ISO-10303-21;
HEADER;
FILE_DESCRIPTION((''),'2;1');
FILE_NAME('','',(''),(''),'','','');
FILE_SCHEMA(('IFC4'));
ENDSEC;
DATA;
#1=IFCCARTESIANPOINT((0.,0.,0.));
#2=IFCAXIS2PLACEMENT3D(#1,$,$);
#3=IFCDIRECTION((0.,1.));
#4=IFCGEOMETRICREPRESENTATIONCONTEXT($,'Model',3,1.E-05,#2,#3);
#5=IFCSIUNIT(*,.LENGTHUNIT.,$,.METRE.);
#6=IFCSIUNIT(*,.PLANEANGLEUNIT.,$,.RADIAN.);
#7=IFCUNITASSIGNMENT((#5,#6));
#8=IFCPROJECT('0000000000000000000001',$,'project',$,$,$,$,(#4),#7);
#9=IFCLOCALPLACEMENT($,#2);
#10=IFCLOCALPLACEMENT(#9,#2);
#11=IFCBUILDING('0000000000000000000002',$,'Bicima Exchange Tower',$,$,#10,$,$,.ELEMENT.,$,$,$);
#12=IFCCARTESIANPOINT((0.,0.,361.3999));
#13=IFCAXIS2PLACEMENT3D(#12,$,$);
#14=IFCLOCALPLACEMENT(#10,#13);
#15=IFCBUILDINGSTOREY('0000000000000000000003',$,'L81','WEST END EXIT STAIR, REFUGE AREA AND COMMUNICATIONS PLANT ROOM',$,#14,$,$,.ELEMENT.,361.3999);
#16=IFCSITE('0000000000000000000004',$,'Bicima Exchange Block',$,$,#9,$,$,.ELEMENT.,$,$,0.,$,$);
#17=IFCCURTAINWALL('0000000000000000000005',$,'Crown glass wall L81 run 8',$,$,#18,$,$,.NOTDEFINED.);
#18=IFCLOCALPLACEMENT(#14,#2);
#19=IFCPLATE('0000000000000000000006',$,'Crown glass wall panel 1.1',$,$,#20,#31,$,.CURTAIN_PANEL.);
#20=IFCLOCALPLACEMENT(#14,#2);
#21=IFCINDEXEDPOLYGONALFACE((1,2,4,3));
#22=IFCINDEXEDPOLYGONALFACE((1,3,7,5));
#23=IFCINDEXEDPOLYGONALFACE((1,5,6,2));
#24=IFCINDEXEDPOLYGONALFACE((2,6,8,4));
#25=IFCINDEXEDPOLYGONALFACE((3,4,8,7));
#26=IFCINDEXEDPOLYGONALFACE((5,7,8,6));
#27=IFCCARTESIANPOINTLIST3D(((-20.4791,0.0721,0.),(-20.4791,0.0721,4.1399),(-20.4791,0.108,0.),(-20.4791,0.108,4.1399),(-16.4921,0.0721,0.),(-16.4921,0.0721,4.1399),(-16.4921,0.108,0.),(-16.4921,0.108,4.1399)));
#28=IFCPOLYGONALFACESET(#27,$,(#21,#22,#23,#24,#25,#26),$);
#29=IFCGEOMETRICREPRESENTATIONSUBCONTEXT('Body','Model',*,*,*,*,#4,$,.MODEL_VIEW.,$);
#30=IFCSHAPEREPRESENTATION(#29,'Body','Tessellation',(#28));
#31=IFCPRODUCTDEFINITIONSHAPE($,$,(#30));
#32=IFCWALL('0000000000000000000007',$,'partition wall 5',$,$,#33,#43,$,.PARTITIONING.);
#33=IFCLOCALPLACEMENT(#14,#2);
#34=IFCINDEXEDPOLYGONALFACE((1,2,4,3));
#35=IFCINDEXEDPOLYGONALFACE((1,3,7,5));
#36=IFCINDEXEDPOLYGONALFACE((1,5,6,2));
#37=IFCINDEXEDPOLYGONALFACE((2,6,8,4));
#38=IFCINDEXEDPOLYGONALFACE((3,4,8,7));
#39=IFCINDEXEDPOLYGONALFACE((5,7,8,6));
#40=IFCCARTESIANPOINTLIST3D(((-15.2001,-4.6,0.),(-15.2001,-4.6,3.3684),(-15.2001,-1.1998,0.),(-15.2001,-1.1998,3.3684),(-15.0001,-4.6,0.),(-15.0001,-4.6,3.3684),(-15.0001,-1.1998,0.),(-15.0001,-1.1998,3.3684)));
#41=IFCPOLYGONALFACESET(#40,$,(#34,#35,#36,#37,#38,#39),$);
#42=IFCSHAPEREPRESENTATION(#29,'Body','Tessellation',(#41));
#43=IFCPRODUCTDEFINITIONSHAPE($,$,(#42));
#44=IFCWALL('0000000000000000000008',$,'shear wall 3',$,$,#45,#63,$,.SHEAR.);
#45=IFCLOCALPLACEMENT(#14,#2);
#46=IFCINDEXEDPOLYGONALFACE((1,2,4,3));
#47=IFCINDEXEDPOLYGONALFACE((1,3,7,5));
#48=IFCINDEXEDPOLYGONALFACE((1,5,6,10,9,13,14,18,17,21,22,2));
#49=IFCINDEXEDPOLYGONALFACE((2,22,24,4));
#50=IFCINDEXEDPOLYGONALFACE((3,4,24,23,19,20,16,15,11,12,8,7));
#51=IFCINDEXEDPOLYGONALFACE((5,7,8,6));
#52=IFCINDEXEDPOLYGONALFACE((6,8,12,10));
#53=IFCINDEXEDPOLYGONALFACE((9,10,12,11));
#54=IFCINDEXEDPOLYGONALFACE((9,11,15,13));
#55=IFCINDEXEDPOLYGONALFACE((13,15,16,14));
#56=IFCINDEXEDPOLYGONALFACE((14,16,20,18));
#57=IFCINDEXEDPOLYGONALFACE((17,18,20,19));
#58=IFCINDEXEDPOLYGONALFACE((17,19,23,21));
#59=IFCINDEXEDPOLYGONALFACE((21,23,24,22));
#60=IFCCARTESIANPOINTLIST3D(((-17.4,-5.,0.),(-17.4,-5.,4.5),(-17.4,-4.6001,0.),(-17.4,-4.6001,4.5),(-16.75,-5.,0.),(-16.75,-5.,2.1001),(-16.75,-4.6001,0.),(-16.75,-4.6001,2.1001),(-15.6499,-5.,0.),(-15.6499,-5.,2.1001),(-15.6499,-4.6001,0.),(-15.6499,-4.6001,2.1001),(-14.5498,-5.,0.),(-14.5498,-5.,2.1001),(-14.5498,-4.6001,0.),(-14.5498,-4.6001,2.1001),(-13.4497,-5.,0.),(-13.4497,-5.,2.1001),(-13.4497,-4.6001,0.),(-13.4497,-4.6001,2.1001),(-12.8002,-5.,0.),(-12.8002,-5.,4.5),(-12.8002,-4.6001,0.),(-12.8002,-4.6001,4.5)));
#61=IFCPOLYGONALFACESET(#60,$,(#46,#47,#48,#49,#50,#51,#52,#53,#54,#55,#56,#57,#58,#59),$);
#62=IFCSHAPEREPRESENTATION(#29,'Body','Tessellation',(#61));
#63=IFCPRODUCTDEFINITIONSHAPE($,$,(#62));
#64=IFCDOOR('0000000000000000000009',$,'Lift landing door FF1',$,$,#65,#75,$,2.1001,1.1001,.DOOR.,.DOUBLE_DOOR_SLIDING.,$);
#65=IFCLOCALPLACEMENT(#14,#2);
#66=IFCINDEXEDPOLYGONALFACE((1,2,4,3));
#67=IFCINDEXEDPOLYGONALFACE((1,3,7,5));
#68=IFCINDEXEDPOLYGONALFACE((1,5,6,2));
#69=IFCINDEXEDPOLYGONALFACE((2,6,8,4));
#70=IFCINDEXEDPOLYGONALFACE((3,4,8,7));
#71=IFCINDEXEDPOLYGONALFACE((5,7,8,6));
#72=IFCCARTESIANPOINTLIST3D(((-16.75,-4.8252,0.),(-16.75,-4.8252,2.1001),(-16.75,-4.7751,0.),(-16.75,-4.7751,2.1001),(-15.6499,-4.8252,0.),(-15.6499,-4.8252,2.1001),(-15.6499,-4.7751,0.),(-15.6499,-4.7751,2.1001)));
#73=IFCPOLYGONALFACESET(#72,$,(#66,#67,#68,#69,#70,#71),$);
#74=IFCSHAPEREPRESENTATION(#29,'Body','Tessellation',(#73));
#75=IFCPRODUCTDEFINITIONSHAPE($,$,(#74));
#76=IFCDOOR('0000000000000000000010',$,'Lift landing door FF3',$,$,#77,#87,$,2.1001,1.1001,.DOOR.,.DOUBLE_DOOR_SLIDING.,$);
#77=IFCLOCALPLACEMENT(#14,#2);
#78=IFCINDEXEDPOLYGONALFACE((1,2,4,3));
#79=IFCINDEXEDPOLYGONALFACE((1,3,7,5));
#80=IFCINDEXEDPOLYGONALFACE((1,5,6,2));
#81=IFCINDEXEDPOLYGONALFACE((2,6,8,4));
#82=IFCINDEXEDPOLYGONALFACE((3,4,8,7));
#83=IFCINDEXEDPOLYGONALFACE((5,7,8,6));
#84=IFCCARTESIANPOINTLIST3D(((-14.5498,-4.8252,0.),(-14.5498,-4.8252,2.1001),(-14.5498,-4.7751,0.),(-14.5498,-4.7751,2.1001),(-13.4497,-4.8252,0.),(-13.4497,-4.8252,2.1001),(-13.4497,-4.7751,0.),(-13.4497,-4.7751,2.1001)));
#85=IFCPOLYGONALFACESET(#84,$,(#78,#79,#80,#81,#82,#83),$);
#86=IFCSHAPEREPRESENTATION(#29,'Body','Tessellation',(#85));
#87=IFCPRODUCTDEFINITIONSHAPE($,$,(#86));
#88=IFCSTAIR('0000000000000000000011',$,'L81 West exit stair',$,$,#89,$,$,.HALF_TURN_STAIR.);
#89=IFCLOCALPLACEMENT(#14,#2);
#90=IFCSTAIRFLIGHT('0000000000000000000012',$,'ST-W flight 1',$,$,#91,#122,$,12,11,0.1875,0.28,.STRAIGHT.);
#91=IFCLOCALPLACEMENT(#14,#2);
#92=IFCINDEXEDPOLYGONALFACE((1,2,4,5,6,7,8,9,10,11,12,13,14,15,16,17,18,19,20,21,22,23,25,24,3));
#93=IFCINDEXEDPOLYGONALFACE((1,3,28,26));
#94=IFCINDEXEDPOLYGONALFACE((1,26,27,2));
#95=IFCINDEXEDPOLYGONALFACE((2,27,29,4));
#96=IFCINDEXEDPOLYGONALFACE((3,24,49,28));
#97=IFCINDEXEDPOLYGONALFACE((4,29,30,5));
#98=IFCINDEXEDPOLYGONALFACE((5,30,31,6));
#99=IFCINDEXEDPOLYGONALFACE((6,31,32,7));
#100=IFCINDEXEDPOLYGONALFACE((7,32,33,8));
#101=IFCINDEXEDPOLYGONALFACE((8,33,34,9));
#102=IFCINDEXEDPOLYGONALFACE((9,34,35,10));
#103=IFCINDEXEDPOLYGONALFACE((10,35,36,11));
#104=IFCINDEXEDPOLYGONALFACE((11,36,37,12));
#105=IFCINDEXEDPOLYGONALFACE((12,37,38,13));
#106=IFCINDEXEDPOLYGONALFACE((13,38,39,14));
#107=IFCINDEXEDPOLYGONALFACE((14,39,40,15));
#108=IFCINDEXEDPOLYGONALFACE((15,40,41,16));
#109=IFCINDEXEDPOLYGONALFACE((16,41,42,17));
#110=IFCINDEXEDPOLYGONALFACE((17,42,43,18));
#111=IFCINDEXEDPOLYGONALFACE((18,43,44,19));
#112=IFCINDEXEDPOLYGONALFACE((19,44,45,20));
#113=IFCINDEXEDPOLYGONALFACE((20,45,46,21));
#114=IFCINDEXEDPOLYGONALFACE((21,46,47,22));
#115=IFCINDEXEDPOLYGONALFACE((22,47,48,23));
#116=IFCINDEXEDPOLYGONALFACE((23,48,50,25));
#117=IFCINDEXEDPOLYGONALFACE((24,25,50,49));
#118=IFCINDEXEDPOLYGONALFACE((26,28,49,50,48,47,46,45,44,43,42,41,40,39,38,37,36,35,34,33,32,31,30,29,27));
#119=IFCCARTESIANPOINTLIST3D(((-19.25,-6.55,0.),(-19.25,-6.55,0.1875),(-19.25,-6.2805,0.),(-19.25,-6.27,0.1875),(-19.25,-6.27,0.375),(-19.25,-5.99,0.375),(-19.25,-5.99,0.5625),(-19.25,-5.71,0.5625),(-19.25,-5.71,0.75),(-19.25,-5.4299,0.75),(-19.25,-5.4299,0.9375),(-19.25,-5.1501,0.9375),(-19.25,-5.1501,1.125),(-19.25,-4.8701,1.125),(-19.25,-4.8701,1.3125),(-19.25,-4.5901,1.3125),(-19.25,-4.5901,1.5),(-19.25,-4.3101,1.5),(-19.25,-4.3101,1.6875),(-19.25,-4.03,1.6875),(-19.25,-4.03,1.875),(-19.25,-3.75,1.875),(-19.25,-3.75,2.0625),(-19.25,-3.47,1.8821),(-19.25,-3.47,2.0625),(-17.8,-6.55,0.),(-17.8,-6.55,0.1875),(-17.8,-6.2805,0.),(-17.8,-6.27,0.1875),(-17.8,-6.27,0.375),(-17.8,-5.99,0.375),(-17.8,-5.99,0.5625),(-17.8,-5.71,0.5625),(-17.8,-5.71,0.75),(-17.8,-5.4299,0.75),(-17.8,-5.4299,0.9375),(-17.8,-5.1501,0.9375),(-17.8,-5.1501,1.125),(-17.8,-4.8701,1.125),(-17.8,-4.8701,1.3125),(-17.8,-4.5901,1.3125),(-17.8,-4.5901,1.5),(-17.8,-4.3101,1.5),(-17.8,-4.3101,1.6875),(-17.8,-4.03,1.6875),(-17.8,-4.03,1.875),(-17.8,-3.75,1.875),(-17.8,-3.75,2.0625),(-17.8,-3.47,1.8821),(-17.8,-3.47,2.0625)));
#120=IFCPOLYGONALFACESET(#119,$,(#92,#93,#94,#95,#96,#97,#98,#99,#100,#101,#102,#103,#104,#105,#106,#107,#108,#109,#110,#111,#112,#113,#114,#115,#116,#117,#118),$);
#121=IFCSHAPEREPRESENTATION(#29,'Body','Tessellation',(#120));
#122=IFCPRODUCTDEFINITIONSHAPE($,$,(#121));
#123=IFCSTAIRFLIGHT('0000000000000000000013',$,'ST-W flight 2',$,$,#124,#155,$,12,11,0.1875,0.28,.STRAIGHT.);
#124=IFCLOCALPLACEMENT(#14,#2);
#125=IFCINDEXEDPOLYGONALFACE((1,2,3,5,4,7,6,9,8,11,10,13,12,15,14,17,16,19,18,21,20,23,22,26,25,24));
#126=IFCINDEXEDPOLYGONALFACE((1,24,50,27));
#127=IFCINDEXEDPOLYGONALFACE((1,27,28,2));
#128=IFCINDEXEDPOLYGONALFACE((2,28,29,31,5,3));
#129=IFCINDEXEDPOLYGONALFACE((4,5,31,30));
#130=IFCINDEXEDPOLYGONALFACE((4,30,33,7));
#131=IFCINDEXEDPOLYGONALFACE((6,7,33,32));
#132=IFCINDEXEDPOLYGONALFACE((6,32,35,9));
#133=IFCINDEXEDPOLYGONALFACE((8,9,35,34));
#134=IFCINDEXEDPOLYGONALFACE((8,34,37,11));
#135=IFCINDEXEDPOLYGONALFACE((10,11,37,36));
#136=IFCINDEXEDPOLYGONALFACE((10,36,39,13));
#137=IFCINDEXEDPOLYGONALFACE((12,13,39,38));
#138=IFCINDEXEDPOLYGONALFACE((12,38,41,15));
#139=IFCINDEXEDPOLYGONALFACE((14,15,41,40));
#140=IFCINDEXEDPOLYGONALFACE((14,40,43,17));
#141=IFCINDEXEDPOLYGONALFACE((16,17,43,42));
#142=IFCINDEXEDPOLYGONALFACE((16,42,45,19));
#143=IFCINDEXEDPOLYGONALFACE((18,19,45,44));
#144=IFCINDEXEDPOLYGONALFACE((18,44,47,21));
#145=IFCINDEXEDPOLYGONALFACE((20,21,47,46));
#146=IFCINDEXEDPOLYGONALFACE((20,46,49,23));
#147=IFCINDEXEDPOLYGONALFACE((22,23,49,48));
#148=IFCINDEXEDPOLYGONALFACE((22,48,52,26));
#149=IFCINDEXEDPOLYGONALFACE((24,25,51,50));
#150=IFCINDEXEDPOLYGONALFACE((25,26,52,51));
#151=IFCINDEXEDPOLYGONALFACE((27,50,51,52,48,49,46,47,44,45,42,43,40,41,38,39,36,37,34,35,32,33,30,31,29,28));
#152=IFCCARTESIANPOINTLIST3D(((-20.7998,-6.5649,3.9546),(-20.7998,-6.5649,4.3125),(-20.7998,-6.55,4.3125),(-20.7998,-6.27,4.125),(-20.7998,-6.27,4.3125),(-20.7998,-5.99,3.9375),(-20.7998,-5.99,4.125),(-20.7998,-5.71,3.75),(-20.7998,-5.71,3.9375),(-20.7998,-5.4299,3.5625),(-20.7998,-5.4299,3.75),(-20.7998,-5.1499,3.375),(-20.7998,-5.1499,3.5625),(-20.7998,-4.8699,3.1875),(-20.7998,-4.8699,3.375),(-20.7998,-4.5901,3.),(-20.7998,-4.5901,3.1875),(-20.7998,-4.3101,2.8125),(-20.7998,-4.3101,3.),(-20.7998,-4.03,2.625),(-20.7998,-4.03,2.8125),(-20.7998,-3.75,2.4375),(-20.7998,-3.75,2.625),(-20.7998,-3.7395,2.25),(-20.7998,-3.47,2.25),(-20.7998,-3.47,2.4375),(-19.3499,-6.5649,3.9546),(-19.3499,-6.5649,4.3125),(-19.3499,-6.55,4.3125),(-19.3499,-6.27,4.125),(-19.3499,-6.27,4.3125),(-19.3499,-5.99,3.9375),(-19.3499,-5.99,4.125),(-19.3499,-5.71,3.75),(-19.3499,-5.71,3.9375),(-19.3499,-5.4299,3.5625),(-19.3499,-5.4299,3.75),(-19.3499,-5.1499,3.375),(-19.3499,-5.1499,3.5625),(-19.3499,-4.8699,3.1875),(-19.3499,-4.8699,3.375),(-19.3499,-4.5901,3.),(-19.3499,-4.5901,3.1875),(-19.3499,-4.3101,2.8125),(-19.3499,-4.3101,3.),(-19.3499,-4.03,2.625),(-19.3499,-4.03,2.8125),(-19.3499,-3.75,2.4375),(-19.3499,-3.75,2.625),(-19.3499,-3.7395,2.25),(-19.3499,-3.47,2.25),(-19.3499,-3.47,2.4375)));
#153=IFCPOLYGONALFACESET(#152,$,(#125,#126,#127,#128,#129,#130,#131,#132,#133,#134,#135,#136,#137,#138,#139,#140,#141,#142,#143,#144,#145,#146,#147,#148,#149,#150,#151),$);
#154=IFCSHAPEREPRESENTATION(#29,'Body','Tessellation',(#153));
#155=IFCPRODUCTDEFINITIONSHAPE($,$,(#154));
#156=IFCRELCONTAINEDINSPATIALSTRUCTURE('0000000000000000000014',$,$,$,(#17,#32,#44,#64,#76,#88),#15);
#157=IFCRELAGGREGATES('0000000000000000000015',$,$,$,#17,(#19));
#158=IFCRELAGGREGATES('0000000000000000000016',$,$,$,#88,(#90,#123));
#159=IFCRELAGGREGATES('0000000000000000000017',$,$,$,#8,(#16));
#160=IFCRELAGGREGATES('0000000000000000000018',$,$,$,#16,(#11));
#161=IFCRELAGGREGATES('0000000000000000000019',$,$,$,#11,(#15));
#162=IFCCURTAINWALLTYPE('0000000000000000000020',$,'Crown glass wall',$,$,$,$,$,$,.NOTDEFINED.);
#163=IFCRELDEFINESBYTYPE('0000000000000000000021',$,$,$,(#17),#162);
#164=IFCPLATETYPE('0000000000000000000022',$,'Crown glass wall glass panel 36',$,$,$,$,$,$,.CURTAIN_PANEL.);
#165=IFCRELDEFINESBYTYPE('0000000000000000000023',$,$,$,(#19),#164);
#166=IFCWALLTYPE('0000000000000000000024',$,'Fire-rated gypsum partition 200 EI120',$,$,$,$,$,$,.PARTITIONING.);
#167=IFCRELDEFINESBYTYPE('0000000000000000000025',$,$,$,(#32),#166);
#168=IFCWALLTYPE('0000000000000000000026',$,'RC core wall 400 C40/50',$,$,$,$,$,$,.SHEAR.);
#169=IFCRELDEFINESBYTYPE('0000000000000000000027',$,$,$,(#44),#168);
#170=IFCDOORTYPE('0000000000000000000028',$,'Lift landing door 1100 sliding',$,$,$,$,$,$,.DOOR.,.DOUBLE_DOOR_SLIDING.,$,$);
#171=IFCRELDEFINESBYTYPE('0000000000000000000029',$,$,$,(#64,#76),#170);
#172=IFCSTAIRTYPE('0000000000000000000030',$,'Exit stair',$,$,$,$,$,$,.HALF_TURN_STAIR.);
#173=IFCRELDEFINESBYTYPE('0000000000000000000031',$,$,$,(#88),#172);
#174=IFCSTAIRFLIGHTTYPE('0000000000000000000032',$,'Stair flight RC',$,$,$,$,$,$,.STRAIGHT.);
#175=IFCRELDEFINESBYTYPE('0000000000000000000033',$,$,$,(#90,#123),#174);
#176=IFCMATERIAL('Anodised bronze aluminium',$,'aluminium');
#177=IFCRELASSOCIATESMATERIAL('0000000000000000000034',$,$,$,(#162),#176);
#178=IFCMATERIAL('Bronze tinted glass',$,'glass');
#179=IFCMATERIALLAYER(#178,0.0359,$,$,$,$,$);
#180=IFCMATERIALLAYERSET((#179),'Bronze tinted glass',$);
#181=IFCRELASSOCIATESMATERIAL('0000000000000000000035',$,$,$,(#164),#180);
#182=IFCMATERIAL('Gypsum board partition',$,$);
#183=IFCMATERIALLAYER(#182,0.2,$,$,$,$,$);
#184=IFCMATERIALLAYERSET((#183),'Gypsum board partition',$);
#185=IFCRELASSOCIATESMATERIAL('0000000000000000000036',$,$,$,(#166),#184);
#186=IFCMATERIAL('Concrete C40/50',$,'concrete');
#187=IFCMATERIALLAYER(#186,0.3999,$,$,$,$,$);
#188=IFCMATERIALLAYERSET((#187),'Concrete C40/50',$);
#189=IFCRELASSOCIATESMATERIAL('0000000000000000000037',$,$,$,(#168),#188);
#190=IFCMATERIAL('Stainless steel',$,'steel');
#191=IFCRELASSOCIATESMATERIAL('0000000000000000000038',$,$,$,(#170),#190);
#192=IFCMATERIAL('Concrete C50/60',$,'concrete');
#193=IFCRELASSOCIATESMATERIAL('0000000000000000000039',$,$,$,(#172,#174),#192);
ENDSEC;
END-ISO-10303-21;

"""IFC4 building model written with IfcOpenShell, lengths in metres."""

from ifc_helpers import new_model, si_unit, direction, frame, frame_2d, origin, origin_2d, place, context, subcontext, project, spatial, polyline, rectangle, outline, extrude, material, layer, layer_set, type_object, element, fill, aggregate, save


model = new_model("IFC4")

# Units and contexts
model_context = context("Model", 3, precision=1e-05, world=origin(), true_north=direction((0.0, 1.0)))
body_context = subcontext(model_context, "Body", "Model", "MODEL_VIEW")
ifc_project = project(units=[si_unit("LENGTHUNIT", "METRE"), si_unit("PLANEANGLEUNIT", "RADIAN")], contexts=[model_context])

# Site, building, storey
site_placement = place(None, origin())
site = spatial("IfcSite", under=ifc_project, at=site_placement, Name="Bicima Exchange Block", CompositionType="ELEMENT", RefElevation=0.0)
building_placement = place(site_placement, origin())
building = spatial("IfcBuilding", under=site, at=building_placement, Name="Bicima Exchange Tower", CompositionType="ELEMENT")
storey_placement = place(building_placement, frame((0.0, 0.0, 361.3999)))
storey = spatial("IfcBuildingStorey", under=building, at=storey_placement, Name="L81", Description="WEST END EXIT STAIR, REFUGE AREA AND COMMUNICATIONS PLANT ROOM", CompositionType="ELEMENT", Elevation=361.3999)

# Shared definitions
ifc_material_1 = material(Name="Anodised bronze aluminium", Category="aluminium")
curtain_wall_type = type_object("IfcCurtainWallType", Name="Crown glass wall", PredefinedType="NOTDEFINED", material=ifc_material_1)

# Curtain wall
curtain_wall_1_placement = place(storey_placement, origin())
curtain_wall_1 = element("IfcCurtainWall", 1, at=curtain_wall_1_placement, inside=storey, type_object=curtain_wall_type, Name="Crown glass wall L81 run 8", PredefinedType="NOTDEFINED")

# Plate
ifc_material_2 = material(Name="Bronze tinted glass", Category="glass")
ifc_layer_1 = layer(ifc_material_2, 0.0359)
ifc_layer_set_1 = layer_set([ifc_layer_1], Name="Bronze tinted glass")
plate_type = type_object("IfcPlateType", Name="Crown glass wall glass panel 36", PredefinedType="CURTAIN_PANEL", material=ifc_layer_set_1)
plate_1_placement = place(storey_placement, frame((-18.4856, 0.0901, 0.0), z_axis=(0.0, 0.0, 1.0), x_axis=(-1.0, 0.0, 0.0)))
plate_1 = element("IfcPlate", 2, at=plate_1_placement, type_object=plate_type, Name="Crown glass wall panel 1.1", PredefinedType="CURTAIN_PANEL", context=body_context, shape_type="SweptSolid", body=[
    extrude(rectangle(XDim=3.9871, YDim=0.0359, at=origin_2d()), origin(), (0.0, 0.0, 1.0), 4.1399),
])
aggregate(curtain_wall_1, [plate_1])

# Wall
ifc_material_3 = material(Name="Gypsum board partition")
ifc_layer_2 = layer(ifc_material_3, 0.2)
ifc_layer_set_2 = layer_set([ifc_layer_2], Name="Gypsum board partition")
wall_type_1 = type_object("IfcWallType", Name="Fire-rated gypsum partition 200 EI120", PredefinedType="PARTITIONING", material=ifc_layer_set_2)
wall_1_placement = place(storey_placement, frame((-15.1001, -4.6001, 0.0), z_axis=(0.0, 0.0, 1.0), x_axis=(0.0, 1.0, 0.0)))
element("IfcWall", 3, at=wall_1_placement, inside=storey, type_object=wall_type_1, Name="partition wall 5", PredefinedType="PARTITIONING", context=body_context, shape_type="SweptSolid", body=[
    extrude(rectangle(XDim=3.4001, YDim=0.2, at=frame_2d((1.7002, 0.0))), origin(), (0.0, 0.0, 1.0), 3.3684),
])

# Wall, openings, doors
ifc_material_4 = material(Name="Concrete C40/50", Category="concrete")
ifc_layer_3 = layer(ifc_material_4, 0.3999)
ifc_layer_set_3 = layer_set([ifc_layer_3], Name="Concrete C40/50")
wall_type_2 = type_object("IfcWallType", Name="RC core wall 400 C40/50", PredefinedType="SHEAR", material=ifc_layer_set_3)
wall_2_placement = place(storey_placement, frame((-17.3999, -4.8, 0.0), z_axis=(0.0, 0.0, 1.0), x_axis=(1.0, 0.0, 0.0)))
wall_2 = element("IfcWall", 4, at=wall_2_placement, inside=storey, type_object=wall_type_2, Name="shear wall 3", PredefinedType="SHEAR", context=body_context, shape_type="SweptSolid", body=[
    extrude(rectangle(XDim=4.5999, YDim=0.3999, at=frame_2d((2.2998, 0.0))), origin(), (0.0, 0.0, 1.0), 4.5),
])
opening_1_placement = place(wall_2_placement, frame((0.6499, 0.0, 0.0)))
opening_1 = element("IfcOpeningElement", 5, at=opening_1_placement, cuts=wall_2, PredefinedType="OPENING", context=body_context, shape_type="SweptSolid", body=[
    extrude(rectangle(XDim=1.1001, YDim=2.1001, at=frame_2d((0.55, 1.05))), frame((0.0, 0.2119, 0.0), z_axis=(0.0, -1.0, 0.0), x_axis=(1.0, 0.0, 0.0)), (0.0, 0.0, 1.0), 0.4238),
])
opening_2_placement = place(wall_2_placement, frame((2.8501, 0.0, 0.0)))
opening_2 = element("IfcOpeningElement", 6, at=opening_2_placement, cuts=wall_2, PredefinedType="OPENING", context=body_context, shape_type="SweptSolid", body=[
    extrude(rectangle(XDim=1.1001, YDim=2.1001, at=frame_2d((0.55, 1.05))), frame((0.0, 0.2119, 0.0), z_axis=(0.0, -1.0, 0.0), x_axis=(1.0, 0.0, 0.0)), (0.0, 0.0, 1.0), 0.4238),
])
ifc_material_5 = material(Name="Stainless steel", Category="steel")
door_type = type_object("IfcDoorType", Name="Lift landing door 1100 sliding", OperationType="DOUBLE_DOOR_SLIDING", PredefinedType="DOOR", material=ifc_material_5)
door_1_placement = place(opening_1_placement, origin())
door_1 = element("IfcDoor", 7, at=door_1_placement, inside=storey, type_object=door_type, Name="Lift landing door FF1", OperationType="DOUBLE_DOOR_SLIDING", OverallHeight=2.1001, OverallWidth=1.1001, PredefinedType="DOOR", context=body_context, shape_type="SweptSolid", body=[
    extrude(rectangle(XDim=1.1001, YDim=2.1001, at=frame_2d((0.55, 1.05))), frame((0.0, 0.0249, 0.0), z_axis=(0.0, -1.0, 0.0), x_axis=(1.0, 0.0, 0.0)), (0.0, 0.0, 1.0), 0.05),
])
fill(opening_1, door_1)
door_2_placement = place(opening_2_placement, origin())
door_2 = element("IfcDoor", 8, at=door_2_placement, inside=storey, type_object=door_type, Name="Lift landing door FF3", OperationType="DOUBLE_DOOR_SLIDING", OverallHeight=2.1001, OverallWidth=1.1001, PredefinedType="DOOR", context=body_context, shape_type="SweptSolid", body=[
    extrude(rectangle(XDim=1.1001, YDim=2.1001, at=frame_2d((0.55, 1.05))), frame((0.0, 0.0249, 0.0), z_axis=(0.0, -1.0, 0.0), x_axis=(1.0, 0.0, 0.0)), (0.0, 0.0, 1.0), 0.05),
])
fill(opening_2, door_2)

# Stair, stair flights
ifc_material_6 = material(Name="Concrete C50/60", Category="concrete")
stair_type_1 = type_object("IfcStairType", Name="Exit stair", PredefinedType="HALF_TURN_STAIR", material=ifc_material_6)
stair_1_placement = place(storey_placement, origin())
stair_1 = element("IfcStair", 9, at=stair_1_placement, inside=storey, type_object=stair_type_1, Name="L81 West exit stair", PredefinedType="HALF_TURN_STAIR")
stair_flight_type_1 = type_object("IfcStairFlightType", Name="Stair flight RC", PredefinedType="STRAIGHT", material=ifc_material_6)
stair_flight_1_placement = place(storey_placement, frame((-18.5249, -6.55, 0.0), z_axis=(0.0, 0.0, 1.0), x_axis=(0.0, 1.0, 0.0)))
stair_flight_1 = element("IfcStairFlight", 10, at=stair_flight_1_placement, type_object=stair_flight_type_1, Name="ST-W flight 1", NumberOfRisers=12, NumberOfTreads=11, PredefinedType="STRAIGHT", RiserHeight=0.1875, TreadLength=0.28, context=body_context, shape_type="SweptSolid", body=[
    extrude(outline(polyline([(0.0, 0.0), (0.0, 0.1875), (0.28, 0.1875), (0.28, 0.375), (0.5601, 0.375), (0.5601, 0.5625), (0.8401, 0.5625), (0.8401, 0.75), (1.1201, 0.75), (1.1201, 0.9375), (1.3999, 0.9375), (1.3999, 1.125), (1.6799, 1.125), (1.6799, 1.3125), (1.96, 1.3125), (1.96, 1.5), (2.24, 1.5), (2.24, 1.6875), (2.52, 1.6875), (2.52, 1.875), (2.8, 1.875), (2.8, 2.0625), (3.0801, 2.0625), (3.0801, 2.25), (3.0801, 1.8821), (0.2695, 0.0), (0.0, 0.0)])), frame((0.0, 0.7251, 0.0), z_axis=(0.0, -1.0, 0.0), x_axis=(1.0, 0.0, 0.0)), (0.0, 0.0, 1.0), 1.45),
])
stair_flight_2_placement = place(storey_placement, frame((-20.075, -3.47, 2.25), z_axis=(0.0, 0.0, 1.0), x_axis=(0.0, -1.0, 0.0)))
stair_flight_2 = element("IfcStairFlight", 11, at=stair_flight_2_placement, type_object=stair_flight_type_1, Name="ST-W flight 2", NumberOfRisers=12, NumberOfTreads=11, PredefinedType="STRAIGHT", RiserHeight=0.1875, TreadLength=0.28, context=body_context, shape_type="SweptSolid", body=[
    extrude(outline(polyline([(0.0, 0.0), (0.0, 0.1875), (0.28, 0.1875), (0.28, 0.375), (0.5601, 0.375), (0.5601, 0.5625), (0.8401, 0.5625), (0.8401, 0.75), (1.1201, 0.75), (1.1201, 0.9375), (1.3999, 0.9375), (1.3999, 1.125), (1.6799, 1.125), (1.6799, 1.3125), (1.96, 1.3125), (1.96, 1.5), (2.24, 1.5), (2.24, 1.6875), (2.52, 1.6875), (2.52, 1.875), (2.8, 1.875), (2.8, 2.0625), (3.0801, 2.0625), (3.095, 2.0625), (3.095, 1.7046), (0.2695, 0.0), (0.0, 0.0)])), frame((0.0, 0.7251, 0.0), z_axis=(0.0, -1.0, 0.0), x_axis=(1.0, 0.0, 0.0)), (0.0, 0.0, 1.0), 1.45),
])
aggregate(stair_1, [stair_flight_1, stair_flight_2])

save(model, "model.ifc")
